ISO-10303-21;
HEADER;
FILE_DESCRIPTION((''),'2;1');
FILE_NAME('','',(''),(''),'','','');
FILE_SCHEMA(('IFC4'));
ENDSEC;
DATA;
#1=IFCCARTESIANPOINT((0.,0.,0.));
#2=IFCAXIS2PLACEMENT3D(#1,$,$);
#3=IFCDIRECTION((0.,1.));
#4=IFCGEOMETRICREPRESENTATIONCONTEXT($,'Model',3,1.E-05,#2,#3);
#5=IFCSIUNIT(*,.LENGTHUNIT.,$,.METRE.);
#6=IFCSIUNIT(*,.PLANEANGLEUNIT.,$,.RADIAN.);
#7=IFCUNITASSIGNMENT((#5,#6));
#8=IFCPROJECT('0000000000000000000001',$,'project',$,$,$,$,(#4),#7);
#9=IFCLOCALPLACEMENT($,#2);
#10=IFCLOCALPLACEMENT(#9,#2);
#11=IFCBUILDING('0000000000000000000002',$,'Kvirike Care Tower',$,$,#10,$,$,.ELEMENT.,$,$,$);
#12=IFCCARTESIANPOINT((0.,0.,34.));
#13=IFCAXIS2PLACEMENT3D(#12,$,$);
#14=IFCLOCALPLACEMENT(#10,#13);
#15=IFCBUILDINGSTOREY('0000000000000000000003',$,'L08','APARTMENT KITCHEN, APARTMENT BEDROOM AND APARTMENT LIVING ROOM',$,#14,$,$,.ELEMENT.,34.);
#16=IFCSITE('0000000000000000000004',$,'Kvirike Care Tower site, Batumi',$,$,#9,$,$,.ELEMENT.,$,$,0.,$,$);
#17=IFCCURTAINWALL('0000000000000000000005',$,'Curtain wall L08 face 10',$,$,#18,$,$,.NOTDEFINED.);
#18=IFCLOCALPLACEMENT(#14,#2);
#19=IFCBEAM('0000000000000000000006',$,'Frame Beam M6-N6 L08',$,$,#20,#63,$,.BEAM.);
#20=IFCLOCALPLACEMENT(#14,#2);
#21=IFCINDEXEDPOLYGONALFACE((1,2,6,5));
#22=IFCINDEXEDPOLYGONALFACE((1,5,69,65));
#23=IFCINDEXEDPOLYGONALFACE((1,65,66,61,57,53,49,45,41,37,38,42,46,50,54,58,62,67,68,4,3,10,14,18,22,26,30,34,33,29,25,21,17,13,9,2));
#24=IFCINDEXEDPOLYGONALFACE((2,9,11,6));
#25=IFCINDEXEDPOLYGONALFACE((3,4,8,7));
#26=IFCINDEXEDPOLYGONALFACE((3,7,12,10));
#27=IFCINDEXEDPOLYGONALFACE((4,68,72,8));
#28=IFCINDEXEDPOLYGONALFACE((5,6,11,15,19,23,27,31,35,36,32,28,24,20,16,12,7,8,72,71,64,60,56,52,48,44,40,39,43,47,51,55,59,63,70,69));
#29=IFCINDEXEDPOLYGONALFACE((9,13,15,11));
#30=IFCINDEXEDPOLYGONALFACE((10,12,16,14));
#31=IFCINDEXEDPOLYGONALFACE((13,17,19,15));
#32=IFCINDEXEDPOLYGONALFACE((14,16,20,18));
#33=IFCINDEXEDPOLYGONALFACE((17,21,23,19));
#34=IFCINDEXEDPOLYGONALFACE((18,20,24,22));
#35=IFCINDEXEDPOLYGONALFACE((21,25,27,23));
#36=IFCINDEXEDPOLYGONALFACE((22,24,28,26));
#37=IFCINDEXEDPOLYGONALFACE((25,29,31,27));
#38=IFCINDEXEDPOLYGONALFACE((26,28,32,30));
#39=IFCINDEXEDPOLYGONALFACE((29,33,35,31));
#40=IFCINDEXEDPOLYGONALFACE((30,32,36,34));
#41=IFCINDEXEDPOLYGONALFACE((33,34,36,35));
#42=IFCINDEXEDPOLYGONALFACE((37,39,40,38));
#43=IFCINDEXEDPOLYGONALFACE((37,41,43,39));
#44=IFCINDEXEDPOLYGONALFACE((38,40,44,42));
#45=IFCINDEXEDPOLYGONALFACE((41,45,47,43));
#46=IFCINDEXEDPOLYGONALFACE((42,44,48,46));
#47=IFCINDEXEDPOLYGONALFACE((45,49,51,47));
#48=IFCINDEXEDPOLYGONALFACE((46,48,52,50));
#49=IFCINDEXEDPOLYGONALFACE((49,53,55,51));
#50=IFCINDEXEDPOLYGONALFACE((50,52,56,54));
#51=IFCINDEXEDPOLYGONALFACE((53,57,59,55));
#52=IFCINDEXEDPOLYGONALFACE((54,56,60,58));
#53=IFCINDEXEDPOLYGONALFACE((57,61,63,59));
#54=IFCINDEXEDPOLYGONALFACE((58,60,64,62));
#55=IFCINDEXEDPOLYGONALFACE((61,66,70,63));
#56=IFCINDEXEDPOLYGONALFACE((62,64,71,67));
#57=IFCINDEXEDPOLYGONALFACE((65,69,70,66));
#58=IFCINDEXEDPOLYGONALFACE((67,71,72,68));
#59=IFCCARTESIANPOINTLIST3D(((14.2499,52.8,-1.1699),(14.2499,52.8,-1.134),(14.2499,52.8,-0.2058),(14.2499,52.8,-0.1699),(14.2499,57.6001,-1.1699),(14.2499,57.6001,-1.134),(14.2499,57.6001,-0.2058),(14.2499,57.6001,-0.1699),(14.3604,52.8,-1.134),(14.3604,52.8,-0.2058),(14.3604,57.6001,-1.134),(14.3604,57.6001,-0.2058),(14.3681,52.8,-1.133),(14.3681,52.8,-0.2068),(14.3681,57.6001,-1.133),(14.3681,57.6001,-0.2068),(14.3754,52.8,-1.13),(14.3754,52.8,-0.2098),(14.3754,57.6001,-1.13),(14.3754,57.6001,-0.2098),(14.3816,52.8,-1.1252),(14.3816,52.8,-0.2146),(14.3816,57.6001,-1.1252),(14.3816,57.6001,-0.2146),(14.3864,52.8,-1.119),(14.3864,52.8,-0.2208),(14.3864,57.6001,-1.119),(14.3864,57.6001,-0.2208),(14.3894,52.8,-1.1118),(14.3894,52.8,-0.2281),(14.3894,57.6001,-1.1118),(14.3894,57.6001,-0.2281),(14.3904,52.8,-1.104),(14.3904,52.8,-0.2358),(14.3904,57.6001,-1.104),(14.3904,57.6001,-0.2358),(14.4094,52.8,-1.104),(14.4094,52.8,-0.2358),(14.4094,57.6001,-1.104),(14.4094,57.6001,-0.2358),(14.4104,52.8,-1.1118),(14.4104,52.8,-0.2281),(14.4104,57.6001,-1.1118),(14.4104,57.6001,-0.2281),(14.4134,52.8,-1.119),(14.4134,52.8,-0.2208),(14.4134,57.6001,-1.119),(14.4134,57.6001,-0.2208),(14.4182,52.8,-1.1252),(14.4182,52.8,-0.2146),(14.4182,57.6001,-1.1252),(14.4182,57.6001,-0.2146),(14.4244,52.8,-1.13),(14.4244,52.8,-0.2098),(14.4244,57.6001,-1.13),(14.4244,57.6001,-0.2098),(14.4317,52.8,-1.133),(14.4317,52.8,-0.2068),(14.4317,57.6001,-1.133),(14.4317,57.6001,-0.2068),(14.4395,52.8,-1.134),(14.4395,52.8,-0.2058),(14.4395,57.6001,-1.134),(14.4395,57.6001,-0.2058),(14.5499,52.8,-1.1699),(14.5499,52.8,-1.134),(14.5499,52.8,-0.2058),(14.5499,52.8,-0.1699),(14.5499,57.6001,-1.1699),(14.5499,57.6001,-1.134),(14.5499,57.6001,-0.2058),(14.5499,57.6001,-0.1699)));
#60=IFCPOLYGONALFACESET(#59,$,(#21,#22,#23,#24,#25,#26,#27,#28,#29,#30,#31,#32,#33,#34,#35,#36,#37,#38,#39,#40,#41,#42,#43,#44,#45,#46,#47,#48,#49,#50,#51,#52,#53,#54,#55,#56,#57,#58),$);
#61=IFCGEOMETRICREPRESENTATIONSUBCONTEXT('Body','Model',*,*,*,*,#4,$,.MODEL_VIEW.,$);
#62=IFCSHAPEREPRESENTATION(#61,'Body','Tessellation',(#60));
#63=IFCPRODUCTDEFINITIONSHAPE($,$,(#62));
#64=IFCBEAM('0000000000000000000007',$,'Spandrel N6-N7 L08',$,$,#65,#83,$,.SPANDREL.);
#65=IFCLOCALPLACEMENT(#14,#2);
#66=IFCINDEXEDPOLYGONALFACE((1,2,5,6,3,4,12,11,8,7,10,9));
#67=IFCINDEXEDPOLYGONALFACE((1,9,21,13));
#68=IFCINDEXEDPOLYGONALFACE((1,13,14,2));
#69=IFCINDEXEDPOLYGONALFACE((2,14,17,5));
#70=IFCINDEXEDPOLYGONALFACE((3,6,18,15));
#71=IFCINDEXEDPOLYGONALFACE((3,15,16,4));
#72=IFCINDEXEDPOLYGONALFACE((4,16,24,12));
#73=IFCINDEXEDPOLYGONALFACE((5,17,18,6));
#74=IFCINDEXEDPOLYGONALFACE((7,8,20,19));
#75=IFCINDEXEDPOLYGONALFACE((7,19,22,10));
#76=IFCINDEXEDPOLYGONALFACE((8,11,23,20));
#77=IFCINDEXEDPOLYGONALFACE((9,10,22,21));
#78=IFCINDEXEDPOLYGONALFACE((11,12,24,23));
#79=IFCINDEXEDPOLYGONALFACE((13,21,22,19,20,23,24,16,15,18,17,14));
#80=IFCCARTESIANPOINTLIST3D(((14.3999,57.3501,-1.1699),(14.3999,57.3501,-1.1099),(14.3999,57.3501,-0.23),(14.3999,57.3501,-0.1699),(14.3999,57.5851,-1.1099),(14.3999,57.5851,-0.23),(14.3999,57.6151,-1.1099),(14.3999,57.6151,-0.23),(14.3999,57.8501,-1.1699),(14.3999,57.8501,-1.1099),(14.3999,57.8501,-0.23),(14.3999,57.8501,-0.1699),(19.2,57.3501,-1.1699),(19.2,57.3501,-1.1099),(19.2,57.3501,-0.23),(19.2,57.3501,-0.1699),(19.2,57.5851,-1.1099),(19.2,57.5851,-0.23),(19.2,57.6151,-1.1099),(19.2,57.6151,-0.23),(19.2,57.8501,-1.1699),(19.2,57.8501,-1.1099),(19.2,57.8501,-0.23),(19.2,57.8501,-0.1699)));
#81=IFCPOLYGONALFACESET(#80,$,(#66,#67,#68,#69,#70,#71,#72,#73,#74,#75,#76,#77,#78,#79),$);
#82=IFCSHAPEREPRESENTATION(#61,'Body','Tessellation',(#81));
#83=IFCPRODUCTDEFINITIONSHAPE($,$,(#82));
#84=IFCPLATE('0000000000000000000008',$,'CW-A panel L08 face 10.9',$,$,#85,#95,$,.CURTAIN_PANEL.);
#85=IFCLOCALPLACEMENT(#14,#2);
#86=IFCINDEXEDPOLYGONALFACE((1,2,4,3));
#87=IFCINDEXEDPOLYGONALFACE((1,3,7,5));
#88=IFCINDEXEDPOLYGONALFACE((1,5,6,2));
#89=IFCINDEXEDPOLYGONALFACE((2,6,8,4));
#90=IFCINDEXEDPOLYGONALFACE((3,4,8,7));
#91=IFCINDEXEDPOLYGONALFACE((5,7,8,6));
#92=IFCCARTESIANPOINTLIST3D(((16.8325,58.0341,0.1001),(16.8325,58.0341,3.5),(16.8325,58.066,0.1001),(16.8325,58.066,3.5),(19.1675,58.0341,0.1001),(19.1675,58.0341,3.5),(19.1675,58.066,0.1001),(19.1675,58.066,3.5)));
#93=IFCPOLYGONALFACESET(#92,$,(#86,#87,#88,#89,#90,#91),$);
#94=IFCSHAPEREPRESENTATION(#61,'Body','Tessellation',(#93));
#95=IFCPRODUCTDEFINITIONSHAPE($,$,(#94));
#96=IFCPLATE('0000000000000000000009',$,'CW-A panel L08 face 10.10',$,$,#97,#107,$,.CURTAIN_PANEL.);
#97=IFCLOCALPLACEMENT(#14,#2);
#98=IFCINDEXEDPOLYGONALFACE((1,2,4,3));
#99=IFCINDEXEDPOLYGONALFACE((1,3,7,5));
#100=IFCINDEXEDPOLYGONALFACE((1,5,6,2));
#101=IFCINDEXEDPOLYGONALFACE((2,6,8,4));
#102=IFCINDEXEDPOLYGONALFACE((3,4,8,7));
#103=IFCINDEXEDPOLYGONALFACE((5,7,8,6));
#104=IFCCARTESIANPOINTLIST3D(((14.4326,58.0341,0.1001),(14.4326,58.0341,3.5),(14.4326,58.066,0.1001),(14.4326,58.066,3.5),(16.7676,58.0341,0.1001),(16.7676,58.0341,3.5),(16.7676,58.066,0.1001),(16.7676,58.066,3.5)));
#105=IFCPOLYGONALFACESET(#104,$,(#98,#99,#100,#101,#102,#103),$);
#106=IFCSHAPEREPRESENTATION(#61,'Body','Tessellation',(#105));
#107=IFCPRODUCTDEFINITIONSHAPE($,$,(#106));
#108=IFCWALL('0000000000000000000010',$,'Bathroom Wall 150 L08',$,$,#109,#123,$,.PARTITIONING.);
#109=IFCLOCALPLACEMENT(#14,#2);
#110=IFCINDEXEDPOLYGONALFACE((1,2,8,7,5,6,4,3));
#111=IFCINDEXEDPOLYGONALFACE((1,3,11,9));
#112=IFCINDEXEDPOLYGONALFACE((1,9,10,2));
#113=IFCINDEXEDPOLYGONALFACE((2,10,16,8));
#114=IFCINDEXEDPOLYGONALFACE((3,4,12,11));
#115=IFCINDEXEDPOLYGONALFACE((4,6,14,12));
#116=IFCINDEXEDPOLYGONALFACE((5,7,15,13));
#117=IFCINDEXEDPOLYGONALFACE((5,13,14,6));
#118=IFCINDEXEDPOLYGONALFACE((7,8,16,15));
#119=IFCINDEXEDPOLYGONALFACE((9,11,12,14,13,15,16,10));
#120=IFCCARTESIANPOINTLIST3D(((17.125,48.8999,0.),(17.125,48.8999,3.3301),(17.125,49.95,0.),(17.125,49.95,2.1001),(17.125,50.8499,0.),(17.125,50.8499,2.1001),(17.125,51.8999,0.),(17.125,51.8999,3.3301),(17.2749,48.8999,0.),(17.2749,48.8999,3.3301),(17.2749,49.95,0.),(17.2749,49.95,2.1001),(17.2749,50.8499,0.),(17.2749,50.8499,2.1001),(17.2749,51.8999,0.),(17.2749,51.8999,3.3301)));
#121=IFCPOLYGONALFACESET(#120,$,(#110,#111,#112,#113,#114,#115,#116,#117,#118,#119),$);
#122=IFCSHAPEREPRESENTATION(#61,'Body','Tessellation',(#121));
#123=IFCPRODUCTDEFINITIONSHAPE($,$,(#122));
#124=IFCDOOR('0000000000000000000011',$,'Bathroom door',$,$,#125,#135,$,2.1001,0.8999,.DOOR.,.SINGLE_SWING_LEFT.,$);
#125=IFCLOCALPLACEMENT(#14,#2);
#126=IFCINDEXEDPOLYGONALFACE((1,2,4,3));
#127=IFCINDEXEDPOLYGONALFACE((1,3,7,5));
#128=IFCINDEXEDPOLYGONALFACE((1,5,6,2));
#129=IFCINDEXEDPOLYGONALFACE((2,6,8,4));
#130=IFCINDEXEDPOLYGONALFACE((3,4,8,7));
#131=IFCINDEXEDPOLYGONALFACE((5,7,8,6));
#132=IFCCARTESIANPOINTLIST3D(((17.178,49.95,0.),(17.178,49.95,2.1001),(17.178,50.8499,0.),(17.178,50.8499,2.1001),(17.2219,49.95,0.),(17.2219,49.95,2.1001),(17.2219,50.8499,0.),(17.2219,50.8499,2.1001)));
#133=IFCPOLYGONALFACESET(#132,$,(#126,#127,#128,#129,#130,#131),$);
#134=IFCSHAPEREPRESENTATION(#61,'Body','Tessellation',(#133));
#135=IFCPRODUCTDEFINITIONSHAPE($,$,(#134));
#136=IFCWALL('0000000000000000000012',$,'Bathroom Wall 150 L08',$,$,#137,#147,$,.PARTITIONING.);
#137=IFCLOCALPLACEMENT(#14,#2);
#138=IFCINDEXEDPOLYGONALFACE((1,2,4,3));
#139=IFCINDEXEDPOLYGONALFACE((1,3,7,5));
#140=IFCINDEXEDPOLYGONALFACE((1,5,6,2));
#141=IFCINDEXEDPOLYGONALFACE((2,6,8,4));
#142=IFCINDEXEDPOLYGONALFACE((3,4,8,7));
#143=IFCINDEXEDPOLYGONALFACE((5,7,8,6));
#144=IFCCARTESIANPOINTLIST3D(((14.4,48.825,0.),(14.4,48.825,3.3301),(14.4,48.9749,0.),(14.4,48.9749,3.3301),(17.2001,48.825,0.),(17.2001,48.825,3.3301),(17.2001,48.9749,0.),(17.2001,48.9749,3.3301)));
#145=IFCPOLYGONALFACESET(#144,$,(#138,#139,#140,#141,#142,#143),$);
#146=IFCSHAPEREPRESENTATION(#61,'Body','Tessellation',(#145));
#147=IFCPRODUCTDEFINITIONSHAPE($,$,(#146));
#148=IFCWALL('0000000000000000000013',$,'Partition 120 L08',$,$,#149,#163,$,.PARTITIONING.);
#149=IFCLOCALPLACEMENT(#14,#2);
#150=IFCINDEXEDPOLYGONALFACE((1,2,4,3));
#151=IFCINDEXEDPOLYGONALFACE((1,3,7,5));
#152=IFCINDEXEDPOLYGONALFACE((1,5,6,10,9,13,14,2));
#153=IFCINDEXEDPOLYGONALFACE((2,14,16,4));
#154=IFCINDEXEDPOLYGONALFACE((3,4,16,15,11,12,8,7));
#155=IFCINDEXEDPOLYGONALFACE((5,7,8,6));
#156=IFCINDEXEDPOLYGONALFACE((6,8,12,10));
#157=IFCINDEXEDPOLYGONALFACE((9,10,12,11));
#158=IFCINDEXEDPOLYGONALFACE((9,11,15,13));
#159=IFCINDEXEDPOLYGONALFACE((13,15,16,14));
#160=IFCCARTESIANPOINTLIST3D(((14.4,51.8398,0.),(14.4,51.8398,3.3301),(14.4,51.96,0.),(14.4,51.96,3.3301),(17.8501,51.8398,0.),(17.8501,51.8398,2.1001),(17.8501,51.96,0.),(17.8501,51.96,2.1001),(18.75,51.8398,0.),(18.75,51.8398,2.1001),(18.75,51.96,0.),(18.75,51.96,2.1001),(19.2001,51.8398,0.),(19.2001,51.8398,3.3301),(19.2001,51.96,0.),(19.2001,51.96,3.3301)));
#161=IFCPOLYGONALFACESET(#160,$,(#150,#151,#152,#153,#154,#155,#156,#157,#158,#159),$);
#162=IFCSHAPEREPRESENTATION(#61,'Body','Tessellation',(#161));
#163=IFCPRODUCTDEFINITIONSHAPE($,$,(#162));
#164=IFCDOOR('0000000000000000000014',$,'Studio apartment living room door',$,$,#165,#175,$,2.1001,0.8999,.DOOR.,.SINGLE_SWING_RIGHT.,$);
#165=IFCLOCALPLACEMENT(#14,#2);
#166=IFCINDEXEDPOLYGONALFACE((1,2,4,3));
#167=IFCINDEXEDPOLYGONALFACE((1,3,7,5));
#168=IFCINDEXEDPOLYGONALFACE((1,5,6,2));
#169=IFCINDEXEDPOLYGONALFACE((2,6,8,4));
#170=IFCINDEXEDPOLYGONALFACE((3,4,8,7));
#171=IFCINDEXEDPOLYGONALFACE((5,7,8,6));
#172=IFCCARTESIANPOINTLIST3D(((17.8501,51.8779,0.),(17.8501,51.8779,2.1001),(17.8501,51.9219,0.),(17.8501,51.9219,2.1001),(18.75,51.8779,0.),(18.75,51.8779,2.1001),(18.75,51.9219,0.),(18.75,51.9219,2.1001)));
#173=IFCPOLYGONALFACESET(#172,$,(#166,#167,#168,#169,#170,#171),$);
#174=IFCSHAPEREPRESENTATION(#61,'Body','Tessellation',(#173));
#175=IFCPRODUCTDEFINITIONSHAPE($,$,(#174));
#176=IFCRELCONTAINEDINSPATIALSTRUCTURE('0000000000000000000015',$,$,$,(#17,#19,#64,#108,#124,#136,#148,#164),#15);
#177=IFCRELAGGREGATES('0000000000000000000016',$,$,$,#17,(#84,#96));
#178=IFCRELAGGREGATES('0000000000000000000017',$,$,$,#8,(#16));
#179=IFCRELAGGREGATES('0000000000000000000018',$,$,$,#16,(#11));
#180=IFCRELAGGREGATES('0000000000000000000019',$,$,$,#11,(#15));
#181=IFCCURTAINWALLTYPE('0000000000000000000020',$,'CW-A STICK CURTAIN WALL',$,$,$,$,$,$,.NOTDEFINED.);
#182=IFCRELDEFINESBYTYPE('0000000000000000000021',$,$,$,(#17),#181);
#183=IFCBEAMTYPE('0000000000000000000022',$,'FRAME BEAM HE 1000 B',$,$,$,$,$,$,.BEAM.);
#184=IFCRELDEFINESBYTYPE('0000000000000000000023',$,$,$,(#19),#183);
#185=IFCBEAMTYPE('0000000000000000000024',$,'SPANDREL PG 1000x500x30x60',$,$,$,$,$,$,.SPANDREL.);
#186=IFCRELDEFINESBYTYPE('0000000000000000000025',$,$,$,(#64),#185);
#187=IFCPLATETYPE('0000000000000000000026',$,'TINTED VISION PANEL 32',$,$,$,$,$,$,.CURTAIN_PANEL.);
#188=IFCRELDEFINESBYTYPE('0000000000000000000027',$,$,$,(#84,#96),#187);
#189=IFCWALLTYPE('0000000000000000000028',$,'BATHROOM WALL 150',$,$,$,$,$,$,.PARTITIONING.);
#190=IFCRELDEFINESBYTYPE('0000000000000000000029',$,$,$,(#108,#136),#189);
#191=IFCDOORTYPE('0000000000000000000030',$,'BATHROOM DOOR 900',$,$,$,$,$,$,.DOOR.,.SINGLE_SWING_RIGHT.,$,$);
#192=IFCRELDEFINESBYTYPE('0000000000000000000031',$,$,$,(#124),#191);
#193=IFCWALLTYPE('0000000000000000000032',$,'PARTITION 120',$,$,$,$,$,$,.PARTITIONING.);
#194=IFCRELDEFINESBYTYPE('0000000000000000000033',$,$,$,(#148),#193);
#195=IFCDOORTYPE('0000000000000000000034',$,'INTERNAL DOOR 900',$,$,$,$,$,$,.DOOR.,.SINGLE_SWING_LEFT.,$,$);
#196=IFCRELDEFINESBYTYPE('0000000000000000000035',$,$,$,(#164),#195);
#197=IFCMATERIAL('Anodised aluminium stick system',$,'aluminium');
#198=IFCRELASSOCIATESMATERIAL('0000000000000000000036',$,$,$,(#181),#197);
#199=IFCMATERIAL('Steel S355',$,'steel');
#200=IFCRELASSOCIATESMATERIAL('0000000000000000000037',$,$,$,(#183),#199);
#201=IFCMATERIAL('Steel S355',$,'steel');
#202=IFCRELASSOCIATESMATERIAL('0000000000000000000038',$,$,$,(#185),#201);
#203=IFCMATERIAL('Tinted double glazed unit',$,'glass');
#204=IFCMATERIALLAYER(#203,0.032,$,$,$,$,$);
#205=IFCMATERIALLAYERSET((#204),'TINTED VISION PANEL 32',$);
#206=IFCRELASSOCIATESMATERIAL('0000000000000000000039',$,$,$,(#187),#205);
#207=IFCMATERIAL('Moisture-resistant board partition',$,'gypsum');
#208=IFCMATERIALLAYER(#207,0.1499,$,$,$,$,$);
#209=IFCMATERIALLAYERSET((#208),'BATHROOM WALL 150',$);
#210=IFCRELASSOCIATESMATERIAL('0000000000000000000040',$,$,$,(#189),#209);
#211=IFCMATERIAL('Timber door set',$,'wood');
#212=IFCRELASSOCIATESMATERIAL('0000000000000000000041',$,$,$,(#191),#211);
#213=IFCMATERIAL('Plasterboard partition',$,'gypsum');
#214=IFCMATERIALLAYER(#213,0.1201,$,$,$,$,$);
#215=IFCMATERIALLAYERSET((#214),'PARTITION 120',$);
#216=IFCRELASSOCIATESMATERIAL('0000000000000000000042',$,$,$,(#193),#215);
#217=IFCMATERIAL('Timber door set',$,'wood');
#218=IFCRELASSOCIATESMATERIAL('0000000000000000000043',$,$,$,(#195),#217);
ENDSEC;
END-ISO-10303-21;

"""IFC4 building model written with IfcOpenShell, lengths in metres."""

from ifc_helpers import new_model, si_unit, direction, frame, frame_2d, origin, origin_2d, place, context, subcontext, project, spatial, rectangle, i_section, extrude, material, layer, layer_set, material_profile, profile_set, type_object, element, fill, aggregate, save


model = new_model("IFC4")

# Units and contexts
model_context = context("Model", 3, precision=1e-05, world=origin(), true_north=direction((0.0, 1.0)))
body_context = subcontext(model_context, "Body", "Model", "MODEL_VIEW")
ifc_project = project(units=[si_unit("LENGTHUNIT", "METRE"), si_unit("PLANEANGLEUNIT", "RADIAN")], contexts=[model_context])

# Site, building, storey
site_placement = place(None, origin())
site = spatial("IfcSite", under=ifc_project, at=site_placement, Name="Kvirike Care Tower site, Batumi", CompositionType="ELEMENT", RefElevation=0.0)
building_placement = place(site_placement, origin())
building = spatial("IfcBuilding", under=site, at=building_placement, Name="Kvirike Care Tower", CompositionType="ELEMENT")
storey_placement = place(building_placement, frame((0.0, 0.0, 34.0)))
storey = spatial("IfcBuildingStorey", under=building, at=storey_placement, Name="L08", Description="APARTMENT KITCHEN, APARTMENT BEDROOM AND APARTMENT LIVING ROOM", CompositionType="ELEMENT", Elevation=34.0)

# Curtain wall
ifc_material_1 = material(Name="Anodised aluminium stick system", Category="aluminium")
curtain_wall_type = type_object("IfcCurtainWallType", Name="CW-A STICK CURTAIN WALL", PredefinedType="NOTDEFINED", material=ifc_material_1)
curtain_wall_placement = place(storey_placement, origin())
curtain_wall = element("IfcCurtainWall", 1, at=curtain_wall_placement, inside=storey, type_object=curtain_wall_type, Name="Curtain wall L08 face 10", PredefinedType="NOTDEFINED")

# Beams
ifc_material_2 = material(Name="Steel S355", Category="steel")
ifc_material_profile_1 = material_profile(ifc_material_2, i_section(OverallWidth=0.3, OverallDepth=1.0, WebThickness=0.019, FlangeThickness=0.0359, FilletRadius=0.03, at=origin_2d()), Name="HE 1000 B")
ifc_profile_set_1 = profile_set([ifc_material_profile_1], Name="Steel S355")
beam_type_1 = type_object("IfcBeamType", Name="FRAME BEAM HE 1000 B", PredefinedType="BEAM", material=ifc_profile_set_1)
beam_1_placement = place(storey_placement, frame((14.3999, 52.8, -0.6699), z_axis=(0.0, 1.0, 0.0), x_axis=(-1.0, 0.0, 0.0)))
element("IfcBeam", 2, at=beam_1_placement, inside=storey, type_object=beam_type_1, Name="Frame Beam M6-N6 L08", PredefinedType="BEAM", context=body_context, shape_type="SweptSolid", body=[
    extrude(i_section(OverallWidth=0.3, OverallDepth=1.0, WebThickness=0.019, FlangeThickness=0.0359, FilletRadius=0.03, at=origin_2d()), origin(), (0.0, 0.0, 1.0), 4.8),
])
ifc_material_3 = material(Name="Steel S355", Category="steel")
ifc_material_profile_2 = material_profile(ifc_material_3, i_section(OverallWidth=0.5, OverallDepth=1.0, WebThickness=0.03, FlangeThickness=0.0601, at=origin_2d()), Name="PG 1000x500x30x60")
ifc_profile_set_2 = profile_set([ifc_material_profile_2], Name="Steel S355")
beam_type_2 = type_object("IfcBeamType", Name="SPANDREL PG 1000x500x30x60", PredefinedType="SPANDREL", material=ifc_profile_set_2)
beam_2_placement = place(storey_placement, frame((14.3999, 57.6001, -0.6699), z_axis=(1.0, 0.0, 0.0), x_axis=(0.0, 1.0, 0.0)))
element("IfcBeam", 3, at=beam_2_placement, inside=storey, type_object=beam_type_2, Name="Spandrel N6-N7 L08", PredefinedType="SPANDREL", context=body_context, shape_type="SweptSolid", body=[
    extrude(i_section(OverallWidth=0.5, OverallDepth=1.0, WebThickness=0.03, FlangeThickness=0.0601, at=origin_2d()), origin(), (0.0, 0.0, 1.0), 4.8),
])

# Plates
ifc_material_4 = material(Name="Tinted double glazed unit", Category="glass")
ifc_layer_1 = layer(ifc_material_4, 0.032)
ifc_layer_set_1 = layer_set([ifc_layer_1], Name="TINTED VISION PANEL 32")
plate_type = type_object("IfcPlateType", Name="TINTED VISION PANEL 32", PredefinedType="CURTAIN_PANEL", material=ifc_layer_set_1)
plate_1_placement = place(storey_placement, frame((18.0, 58.05, 0.1001), z_axis=(0.0, 0.0, 1.0), x_axis=(-1.0, 0.0, 0.0)))
plate_1 = element("IfcPlate", 4, at=plate_1_placement, type_object=plate_type, Name="CW-A panel L08 face 10.9", PredefinedType="CURTAIN_PANEL", context=body_context, shape_type="SweptSolid", body=[
    extrude(rectangle(XDim=2.335, YDim=0.032, at=origin_2d()), origin(), (0.0, 0.0, 1.0), 3.3999),
])
plate_2_placement = place(storey_placement, frame((15.6001, 58.05, 0.1001), z_axis=(0.0, 0.0, 1.0), x_axis=(-1.0, 0.0, 0.0)))
plate_2 = element("IfcPlate", 5, at=plate_2_placement, type_object=plate_type, Name="CW-A panel L08 face 10.10", PredefinedType="CURTAIN_PANEL", context=body_context, shape_type="SweptSolid", body=[
    extrude(rectangle(XDim=2.335, YDim=0.032, at=origin_2d()), origin(), (0.0, 0.0, 1.0), 3.3999),
])
aggregate(curtain_wall, [plate_1, plate_2])

# Wall, opening, door
ifc_material_5 = material(Name="Moisture-resistant board partition", Category="gypsum")
ifc_layer_2 = layer(ifc_material_5, 0.1499)
ifc_layer_set_2 = layer_set([ifc_layer_2], Name="BATHROOM WALL 150")
wall_type_1 = type_object("IfcWallType", Name="BATHROOM WALL 150", PredefinedType="PARTITIONING", material=ifc_layer_set_2)
wall_1_placement = place(storey_placement, frame((17.2, 51.8999, 0.0), z_axis=(0.0, 0.0, 1.0), x_axis=(0.0, -1.0, 0.0)))
wall_1 = element("IfcWall", 6, at=wall_1_placement, inside=storey, type_object=wall_type_1, Name="Bathroom Wall 150 L08", PredefinedType="PARTITIONING", context=body_context, shape_type="SweptSolid", body=[
    extrude(rectangle(XDim=3.0, YDim=0.1499, at=frame_2d((1.5, 0.0))), origin(), (0.0, 0.0, 1.0), 3.3301),
])
opening_1_placement = place(wall_1_placement, frame((1.05, 0.0, 0.0)))
opening_1 = element("IfcOpeningElement", 7, at=opening_1_placement, cuts=wall_1, PredefinedType="OPENING", context=body_context, shape_type="SweptSolid", body=[
    extrude(rectangle(XDim=0.8999, YDim=2.1001, at=frame_2d((0.45, 1.05))), frame((0.0, 0.0854, 0.0), z_axis=(0.0, -1.0, 0.0), x_axis=(1.0, 0.0, 0.0)), (0.0, 0.0, 1.0), 0.1709),
])
ifc_material_6 = material(Name="Timber door set", Category="wood")
door_type_1 = type_object("IfcDoorType", Name="BATHROOM DOOR 900", OperationType="SINGLE_SWING_RIGHT", PredefinedType="DOOR", material=ifc_material_6)
door_1_placement = place(opening_1_placement, frame((0.8999, 0.0, 0.0), z_axis=(0.0, 0.0, 1.0), x_axis=(-1.0, 0.0, 0.0)))
door_1 = element("IfcDoor", 8, at=door_1_placement, inside=storey, type_object=door_type_1, Name="Bathroom door", OperationType="SINGLE_SWING_LEFT", OverallHeight=2.1001, OverallWidth=0.8999, PredefinedType="DOOR", context=body_context, shape_type="SweptSolid", body=[
    extrude(rectangle(XDim=0.8999, YDim=2.1001, at=frame_2d((0.45, 1.05))), frame((0.0, 0.022, 0.0), z_axis=(0.0, -1.0, 0.0), x_axis=(1.0, 0.0, 0.0)), (0.0, 0.0, 1.0), 0.0439),
])
fill(opening_1, door_1)

# Wall
wall_2_placement = place(storey_placement, frame((17.2, 48.8999, 0.0), z_axis=(0.0, 0.0, 1.0), x_axis=(-1.0, 0.0, 0.0)))
element("IfcWall", 9, at=wall_2_placement, inside=storey, type_object=wall_type_1, Name="Bathroom Wall 150 L08", PredefinedType="PARTITIONING", context=body_context, shape_type="SweptSolid", body=[
    extrude(rectangle(XDim=2.8, YDim=0.1499, at=frame_2d((1.3999, 0.0))), origin(), (0.0, 0.0, 1.0), 3.3301),
])

# Wall, opening, door
ifc_material_7 = material(Name="Plasterboard partition", Category="gypsum")
ifc_layer_3 = layer(ifc_material_7, 0.1201)
ifc_layer_set_3 = layer_set([ifc_layer_3], Name="PARTITION 120")
wall_type_2 = type_object("IfcWallType", Name="PARTITION 120", PredefinedType="PARTITIONING", material=ifc_layer_set_3)
wall_3_placement = place(storey_placement, frame((19.2, 51.8999, 0.0), z_axis=(0.0, 0.0, 1.0), x_axis=(-1.0, 0.0, 0.0)))
wall_3 = element("IfcWall", 10, at=wall_3_placement, inside=storey, type_object=wall_type_2, Name="Partition 120 L08", PredefinedType="PARTITIONING", context=body_context, shape_type="SweptSolid", body=[
    extrude(rectangle(XDim=4.8, YDim=0.1201, at=frame_2d((2.3999, 0.0))), origin(), (0.0, 0.0, 1.0), 3.3301),
])
opening_2_placement = place(wall_3_placement, frame((0.45, 0.0, 0.0)))
opening_2 = element("IfcOpeningElement", 11, at=opening_2_placement, cuts=wall_3, PredefinedType="OPENING", context=body_context, shape_type="SweptSolid", body=[
    extrude(rectangle(XDim=0.8999, YDim=2.1001, at=frame_2d((0.45, 1.05))), frame((0.0, 0.0706, 0.0), z_axis=(0.0, -1.0, 0.0), x_axis=(1.0, 0.0, 0.0)), (0.0, 0.0, 1.0), 0.1411),
])
ifc_material_8 = material(Name="Timber door set", Category="wood")
door_type_2 = type_object("IfcDoorType", Name="INTERNAL DOOR 900", OperationType="SINGLE_SWING_LEFT", PredefinedType="DOOR", material=ifc_material_8)
door_2_placement = place(opening_2_placement, origin())
door_2 = element("IfcDoor", 12, at=door_2_placement, inside=storey, type_object=door_type_2, Name="Studio apartment living room door", OperationType="SINGLE_SWING_RIGHT", OverallHeight=2.1001, OverallWidth=0.8999, PredefinedType="DOOR", context=body_context, shape_type="SweptSolid", body=[
    extrude(rectangle(XDim=0.8999, YDim=2.1001, at=frame_2d((0.45, 1.05))), frame((0.0, 0.022, 0.0), z_axis=(0.0, -1.0, 0.0), x_axis=(1.0, 0.0, 0.0)), (0.0, 0.0, 1.0), 0.0439),
])
fill(opening_2, door_2)

save(model, "model.ifc")
